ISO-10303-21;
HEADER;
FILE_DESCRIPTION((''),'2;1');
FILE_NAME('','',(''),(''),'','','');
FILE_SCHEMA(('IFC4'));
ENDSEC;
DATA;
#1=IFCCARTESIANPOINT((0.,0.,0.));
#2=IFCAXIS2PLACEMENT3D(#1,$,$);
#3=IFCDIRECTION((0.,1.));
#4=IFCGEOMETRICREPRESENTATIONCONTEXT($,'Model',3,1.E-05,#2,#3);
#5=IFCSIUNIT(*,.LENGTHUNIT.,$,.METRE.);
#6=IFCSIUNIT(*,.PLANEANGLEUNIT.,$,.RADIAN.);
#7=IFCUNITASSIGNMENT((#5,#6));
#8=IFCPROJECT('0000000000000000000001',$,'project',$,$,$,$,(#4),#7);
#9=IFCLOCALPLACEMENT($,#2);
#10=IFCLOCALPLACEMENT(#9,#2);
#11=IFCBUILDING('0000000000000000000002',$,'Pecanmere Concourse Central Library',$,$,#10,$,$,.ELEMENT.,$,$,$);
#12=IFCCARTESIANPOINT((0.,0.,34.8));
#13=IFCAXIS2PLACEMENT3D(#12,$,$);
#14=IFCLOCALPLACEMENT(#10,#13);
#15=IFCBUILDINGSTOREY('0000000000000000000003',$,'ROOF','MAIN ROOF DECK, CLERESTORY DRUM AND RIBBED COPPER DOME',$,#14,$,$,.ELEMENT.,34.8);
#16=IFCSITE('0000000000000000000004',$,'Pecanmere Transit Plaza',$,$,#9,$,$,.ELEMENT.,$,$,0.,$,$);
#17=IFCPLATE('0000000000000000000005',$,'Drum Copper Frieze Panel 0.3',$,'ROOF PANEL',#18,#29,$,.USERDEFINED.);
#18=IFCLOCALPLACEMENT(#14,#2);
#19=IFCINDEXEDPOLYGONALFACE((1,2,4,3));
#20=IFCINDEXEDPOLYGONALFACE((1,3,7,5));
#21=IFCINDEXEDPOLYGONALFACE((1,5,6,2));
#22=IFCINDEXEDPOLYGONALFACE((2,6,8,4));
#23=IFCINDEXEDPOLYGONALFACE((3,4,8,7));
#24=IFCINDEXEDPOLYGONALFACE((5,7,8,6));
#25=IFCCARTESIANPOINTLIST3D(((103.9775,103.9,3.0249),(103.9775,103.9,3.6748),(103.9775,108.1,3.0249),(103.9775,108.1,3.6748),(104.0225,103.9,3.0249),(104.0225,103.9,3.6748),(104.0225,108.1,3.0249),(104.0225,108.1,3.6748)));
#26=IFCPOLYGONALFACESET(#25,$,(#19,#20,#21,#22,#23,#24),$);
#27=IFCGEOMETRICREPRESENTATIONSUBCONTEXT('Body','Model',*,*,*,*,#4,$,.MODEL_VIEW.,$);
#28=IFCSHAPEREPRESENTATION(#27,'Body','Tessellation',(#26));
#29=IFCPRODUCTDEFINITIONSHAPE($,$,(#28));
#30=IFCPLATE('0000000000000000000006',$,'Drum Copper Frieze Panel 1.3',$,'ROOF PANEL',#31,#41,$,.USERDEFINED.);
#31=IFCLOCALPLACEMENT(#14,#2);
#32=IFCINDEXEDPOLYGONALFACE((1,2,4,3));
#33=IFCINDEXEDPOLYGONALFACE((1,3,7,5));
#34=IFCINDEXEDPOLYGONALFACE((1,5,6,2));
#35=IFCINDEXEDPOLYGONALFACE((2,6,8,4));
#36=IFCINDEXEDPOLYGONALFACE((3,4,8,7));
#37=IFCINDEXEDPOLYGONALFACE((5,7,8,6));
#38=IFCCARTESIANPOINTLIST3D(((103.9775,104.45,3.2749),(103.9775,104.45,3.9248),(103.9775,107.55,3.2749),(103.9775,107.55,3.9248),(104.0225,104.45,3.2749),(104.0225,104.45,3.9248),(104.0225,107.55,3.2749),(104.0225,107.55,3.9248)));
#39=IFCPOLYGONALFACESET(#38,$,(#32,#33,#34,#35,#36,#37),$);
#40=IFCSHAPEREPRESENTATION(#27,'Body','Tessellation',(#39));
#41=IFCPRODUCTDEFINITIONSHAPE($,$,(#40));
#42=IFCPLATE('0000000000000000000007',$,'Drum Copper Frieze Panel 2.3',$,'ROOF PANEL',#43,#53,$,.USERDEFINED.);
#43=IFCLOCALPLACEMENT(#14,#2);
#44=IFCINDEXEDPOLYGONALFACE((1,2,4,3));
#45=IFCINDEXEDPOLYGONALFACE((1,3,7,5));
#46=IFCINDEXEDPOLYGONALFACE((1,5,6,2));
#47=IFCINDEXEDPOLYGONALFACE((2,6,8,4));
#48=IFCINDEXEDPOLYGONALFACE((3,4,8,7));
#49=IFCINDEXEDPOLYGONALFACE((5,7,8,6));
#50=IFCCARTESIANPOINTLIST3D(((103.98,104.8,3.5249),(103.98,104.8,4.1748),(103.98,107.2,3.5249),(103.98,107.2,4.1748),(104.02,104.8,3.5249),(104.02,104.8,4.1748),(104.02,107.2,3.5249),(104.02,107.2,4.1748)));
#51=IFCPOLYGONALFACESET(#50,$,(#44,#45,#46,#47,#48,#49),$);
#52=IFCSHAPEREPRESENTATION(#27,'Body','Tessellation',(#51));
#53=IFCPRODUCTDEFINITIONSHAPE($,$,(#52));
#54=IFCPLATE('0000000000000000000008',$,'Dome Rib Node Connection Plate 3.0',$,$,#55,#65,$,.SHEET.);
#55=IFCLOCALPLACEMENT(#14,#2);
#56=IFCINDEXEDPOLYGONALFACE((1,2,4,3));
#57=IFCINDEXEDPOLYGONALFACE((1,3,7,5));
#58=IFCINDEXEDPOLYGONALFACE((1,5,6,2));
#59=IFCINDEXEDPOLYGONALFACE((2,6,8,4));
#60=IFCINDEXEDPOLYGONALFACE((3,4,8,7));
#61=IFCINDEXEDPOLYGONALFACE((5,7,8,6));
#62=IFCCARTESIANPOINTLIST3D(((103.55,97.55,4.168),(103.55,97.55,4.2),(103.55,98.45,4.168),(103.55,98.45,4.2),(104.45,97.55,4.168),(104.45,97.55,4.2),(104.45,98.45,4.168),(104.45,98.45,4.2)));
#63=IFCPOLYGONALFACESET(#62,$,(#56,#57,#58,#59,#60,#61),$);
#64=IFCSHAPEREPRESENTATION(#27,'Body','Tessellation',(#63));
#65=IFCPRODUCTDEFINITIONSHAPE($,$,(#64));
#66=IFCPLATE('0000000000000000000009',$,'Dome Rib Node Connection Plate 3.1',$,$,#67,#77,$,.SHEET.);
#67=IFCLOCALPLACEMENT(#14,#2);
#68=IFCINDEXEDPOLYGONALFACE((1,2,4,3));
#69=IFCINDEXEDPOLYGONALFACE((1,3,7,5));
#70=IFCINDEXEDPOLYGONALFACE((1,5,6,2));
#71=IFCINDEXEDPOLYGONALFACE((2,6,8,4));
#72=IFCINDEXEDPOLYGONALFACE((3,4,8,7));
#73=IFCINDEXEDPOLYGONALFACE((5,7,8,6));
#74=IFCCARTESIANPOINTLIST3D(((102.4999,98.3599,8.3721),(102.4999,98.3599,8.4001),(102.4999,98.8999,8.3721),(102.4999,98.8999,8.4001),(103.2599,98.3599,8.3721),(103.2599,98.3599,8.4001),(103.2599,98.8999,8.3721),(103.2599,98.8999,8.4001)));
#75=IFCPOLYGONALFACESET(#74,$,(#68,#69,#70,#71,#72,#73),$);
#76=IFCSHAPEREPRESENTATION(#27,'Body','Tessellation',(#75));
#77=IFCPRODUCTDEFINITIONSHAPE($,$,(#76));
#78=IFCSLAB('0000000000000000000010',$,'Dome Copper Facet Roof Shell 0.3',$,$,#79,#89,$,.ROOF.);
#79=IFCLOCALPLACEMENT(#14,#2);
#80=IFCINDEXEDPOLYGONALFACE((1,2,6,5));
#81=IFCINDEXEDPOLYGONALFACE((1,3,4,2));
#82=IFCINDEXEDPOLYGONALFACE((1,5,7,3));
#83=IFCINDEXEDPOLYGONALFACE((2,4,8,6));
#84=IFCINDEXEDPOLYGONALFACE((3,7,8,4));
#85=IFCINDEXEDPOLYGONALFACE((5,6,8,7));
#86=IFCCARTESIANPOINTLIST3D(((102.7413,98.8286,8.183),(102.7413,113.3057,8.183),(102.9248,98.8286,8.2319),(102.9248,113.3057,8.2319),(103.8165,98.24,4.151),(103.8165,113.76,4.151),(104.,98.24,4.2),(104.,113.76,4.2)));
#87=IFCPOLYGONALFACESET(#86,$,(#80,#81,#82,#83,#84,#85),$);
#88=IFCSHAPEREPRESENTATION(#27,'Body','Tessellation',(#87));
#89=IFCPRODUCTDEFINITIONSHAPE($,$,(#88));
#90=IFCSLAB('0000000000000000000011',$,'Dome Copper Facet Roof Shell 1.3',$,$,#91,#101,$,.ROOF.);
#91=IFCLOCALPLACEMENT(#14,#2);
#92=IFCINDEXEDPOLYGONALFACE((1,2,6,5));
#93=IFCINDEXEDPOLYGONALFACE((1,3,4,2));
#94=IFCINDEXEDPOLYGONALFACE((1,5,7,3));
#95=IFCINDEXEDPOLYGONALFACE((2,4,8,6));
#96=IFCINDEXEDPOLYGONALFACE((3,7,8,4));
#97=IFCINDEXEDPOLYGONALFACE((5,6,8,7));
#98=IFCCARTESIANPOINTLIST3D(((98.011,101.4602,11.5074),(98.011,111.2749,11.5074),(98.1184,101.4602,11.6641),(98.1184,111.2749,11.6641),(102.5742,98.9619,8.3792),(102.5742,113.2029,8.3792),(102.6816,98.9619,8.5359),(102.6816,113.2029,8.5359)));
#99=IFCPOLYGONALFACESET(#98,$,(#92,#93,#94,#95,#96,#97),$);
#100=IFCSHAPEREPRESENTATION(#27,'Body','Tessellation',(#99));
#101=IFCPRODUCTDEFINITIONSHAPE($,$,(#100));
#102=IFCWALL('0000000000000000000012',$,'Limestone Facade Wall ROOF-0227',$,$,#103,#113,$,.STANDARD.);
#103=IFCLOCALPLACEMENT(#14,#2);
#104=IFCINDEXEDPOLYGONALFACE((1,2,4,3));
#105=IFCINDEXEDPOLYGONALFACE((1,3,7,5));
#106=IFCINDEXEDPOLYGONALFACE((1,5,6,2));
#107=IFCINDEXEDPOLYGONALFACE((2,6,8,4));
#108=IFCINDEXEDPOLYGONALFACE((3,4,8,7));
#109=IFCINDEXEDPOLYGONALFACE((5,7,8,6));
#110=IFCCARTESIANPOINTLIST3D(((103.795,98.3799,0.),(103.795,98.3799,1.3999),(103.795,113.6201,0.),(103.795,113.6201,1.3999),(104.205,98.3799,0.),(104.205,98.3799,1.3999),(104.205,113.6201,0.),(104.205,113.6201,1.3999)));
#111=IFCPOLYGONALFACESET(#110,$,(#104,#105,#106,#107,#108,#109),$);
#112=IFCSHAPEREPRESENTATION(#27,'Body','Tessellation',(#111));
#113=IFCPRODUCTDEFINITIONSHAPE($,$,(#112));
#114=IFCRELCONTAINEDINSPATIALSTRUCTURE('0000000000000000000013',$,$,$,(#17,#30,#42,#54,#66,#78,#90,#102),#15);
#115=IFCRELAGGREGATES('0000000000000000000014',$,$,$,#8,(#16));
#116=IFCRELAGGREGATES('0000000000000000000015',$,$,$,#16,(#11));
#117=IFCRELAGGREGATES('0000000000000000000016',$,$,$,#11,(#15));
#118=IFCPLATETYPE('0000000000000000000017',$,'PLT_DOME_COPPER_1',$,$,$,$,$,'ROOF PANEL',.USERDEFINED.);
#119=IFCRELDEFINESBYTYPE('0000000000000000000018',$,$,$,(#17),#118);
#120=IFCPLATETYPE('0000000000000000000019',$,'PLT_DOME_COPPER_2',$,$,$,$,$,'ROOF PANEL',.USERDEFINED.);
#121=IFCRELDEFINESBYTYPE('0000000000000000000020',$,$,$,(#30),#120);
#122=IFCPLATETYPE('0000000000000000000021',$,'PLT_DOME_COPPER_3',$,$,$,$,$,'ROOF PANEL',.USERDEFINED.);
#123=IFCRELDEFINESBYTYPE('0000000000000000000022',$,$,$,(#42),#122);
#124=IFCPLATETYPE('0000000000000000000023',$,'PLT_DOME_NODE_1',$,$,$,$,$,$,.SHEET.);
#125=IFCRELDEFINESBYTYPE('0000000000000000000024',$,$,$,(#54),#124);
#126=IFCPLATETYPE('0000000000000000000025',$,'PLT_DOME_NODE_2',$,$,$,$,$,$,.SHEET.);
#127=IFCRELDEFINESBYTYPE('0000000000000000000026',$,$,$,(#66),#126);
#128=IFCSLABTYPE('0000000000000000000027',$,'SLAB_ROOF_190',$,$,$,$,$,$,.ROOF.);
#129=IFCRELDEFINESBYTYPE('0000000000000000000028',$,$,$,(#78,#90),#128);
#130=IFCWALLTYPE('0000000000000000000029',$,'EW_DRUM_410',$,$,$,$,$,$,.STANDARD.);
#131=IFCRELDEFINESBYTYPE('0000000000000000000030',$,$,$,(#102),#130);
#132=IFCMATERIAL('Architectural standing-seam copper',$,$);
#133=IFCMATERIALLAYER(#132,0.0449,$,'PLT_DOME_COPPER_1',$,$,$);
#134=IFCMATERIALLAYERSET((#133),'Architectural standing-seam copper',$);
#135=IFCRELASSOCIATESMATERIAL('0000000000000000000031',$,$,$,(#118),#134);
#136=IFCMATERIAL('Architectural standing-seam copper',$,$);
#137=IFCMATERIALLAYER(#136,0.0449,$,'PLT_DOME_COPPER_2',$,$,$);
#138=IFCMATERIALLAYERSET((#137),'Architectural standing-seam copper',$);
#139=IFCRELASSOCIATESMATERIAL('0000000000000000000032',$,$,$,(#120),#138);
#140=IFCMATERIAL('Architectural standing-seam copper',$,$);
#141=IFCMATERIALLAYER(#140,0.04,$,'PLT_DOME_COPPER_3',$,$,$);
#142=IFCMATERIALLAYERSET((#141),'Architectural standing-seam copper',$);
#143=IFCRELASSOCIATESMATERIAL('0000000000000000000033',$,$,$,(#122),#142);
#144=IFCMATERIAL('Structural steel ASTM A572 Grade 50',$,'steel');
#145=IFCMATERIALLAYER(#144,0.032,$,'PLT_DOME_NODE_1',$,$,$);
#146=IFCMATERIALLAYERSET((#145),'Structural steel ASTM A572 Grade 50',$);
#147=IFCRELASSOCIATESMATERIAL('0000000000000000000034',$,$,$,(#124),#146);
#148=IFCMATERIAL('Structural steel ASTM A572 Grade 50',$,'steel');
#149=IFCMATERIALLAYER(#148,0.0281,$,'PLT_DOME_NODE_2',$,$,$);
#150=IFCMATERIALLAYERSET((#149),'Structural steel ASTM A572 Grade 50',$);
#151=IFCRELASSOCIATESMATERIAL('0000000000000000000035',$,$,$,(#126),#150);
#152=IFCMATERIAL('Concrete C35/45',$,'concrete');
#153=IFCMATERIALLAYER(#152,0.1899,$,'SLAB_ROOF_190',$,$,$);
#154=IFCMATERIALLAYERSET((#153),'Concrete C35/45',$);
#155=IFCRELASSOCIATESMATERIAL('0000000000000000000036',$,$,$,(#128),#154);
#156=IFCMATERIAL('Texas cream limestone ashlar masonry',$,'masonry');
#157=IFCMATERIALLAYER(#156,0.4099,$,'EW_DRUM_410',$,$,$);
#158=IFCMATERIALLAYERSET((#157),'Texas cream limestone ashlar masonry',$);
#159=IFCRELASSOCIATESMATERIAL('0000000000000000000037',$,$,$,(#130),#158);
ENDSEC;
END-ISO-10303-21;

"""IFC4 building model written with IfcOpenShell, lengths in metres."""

from ifc_helpers import new_model, si_unit, direction, frame, frame_2d, origin, origin_2d, place, context, subcontext, project, spatial, polyline, rectangle, outline, extrude, material, layer, layer_set, type_object, element, save


model = new_model("IFC4")

# Units and contexts
model_context = context("Model", 3, precision=1e-05, world=origin(), true_north=direction((0.0, 1.0)))
body_context = subcontext(model_context, "Body", "Model", "MODEL_VIEW")
ifc_project = project(units=[si_unit("LENGTHUNIT", "METRE"), si_unit("PLANEANGLEUNIT", "RADIAN")], contexts=[model_context])

# Site, building, storey
site_placement = place(None, origin())
site = spatial("IfcSite", under=ifc_project, at=site_placement, Name="Pecanmere Transit Plaza", CompositionType="ELEMENT", RefElevation=0.0)
building_placement = place(site_placement, origin())
building = spatial("IfcBuilding", under=site, at=building_placement, Name="Pecanmere Concourse Central Library", CompositionType="ELEMENT")
storey_placement = place(building_placement, frame((0.0, 0.0, 34.8)))
storey = spatial("IfcBuildingStorey", under=building, at=storey_placement, Name="ROOF", Description="MAIN ROOF DECK, CLERESTORY DRUM AND RIBBED COPPER DOME", CompositionType="ELEMENT", Elevation=34.8)

# Plates
ifc_material_1 = material(Name="Architectural standing-seam copper")
ifc_layer_1 = layer(ifc_material_1, 0.0449, Name="PLT_DOME_COPPER_1")
ifc_layer_set_1 = layer_set([ifc_layer_1], Name="Architectural standing-seam copper")
plate_type_1 = type_object("IfcPlateType", Name="PLT_DOME_COPPER_1", ElementType="ROOF PANEL", PredefinedType="USERDEFINED", material=ifc_layer_set_1)
plate_1_placement = place(storey_placement, frame((104.0, 106.0, 3.0249), z_axis=(0.0, 0.0, 1.0), x_axis=(0.0, 1.0, 0.0)))
element("IfcPlate", 1, at=plate_1_placement, inside=storey, type_object=plate_type_1, Name="Drum Copper Frieze Panel 0.3", ObjectType="ROOF PANEL", PredefinedType="USERDEFINED", context=body_context, shape_type="SweptSolid", body=[
    extrude(rectangle(XDim=4.2, YDim=0.0449, at=origin_2d()), origin(), (0.0, 0.0, 1.0), 0.6499),
])
ifc_material_2 = material(Name="Architectural standing-seam copper")
ifc_layer_2 = layer(ifc_material_2, 0.0449, Name="PLT_DOME_COPPER_2")
ifc_layer_set_2 = layer_set([ifc_layer_2], Name="Architectural standing-seam copper")
plate_type_2 = type_object("IfcPlateType", Name="PLT_DOME_COPPER_2", ElementType="ROOF PANEL", PredefinedType="USERDEFINED", material=ifc_layer_set_2)
plate_2_placement = place(storey_placement, frame((104.0, 106.0, 3.2749), z_axis=(0.0, 0.0, 1.0), x_axis=(0.0, 1.0, 0.0)))
element("IfcPlate", 2, at=plate_2_placement, inside=storey, type_object=plate_type_2, Name="Drum Copper Frieze Panel 1.3", ObjectType="ROOF PANEL", PredefinedType="USERDEFINED", context=body_context, shape_type="SweptSolid", body=[
    extrude(rectangle(XDim=3.1001, YDim=0.0449, at=origin_2d()), origin(), (0.0, 0.0, 1.0), 0.6499),
])
ifc_material_3 = material(Name="Architectural standing-seam copper")
ifc_layer_3 = layer(ifc_material_3, 0.04, Name="PLT_DOME_COPPER_3")
ifc_layer_set_3 = layer_set([ifc_layer_3], Name="Architectural standing-seam copper")
plate_type_3 = type_object("IfcPlateType", Name="PLT_DOME_COPPER_3", ElementType="ROOF PANEL", PredefinedType="USERDEFINED", material=ifc_layer_set_3)
plate_3_placement = place(storey_placement, frame((104.0, 106.0, 3.5249), z_axis=(0.0, 0.0, 1.0), x_axis=(0.0, 1.0, 0.0)))
element("IfcPlate", 3, at=plate_3_placement, inside=storey, type_object=plate_type_3, Name="Drum Copper Frieze Panel 2.3", ObjectType="ROOF PANEL", PredefinedType="USERDEFINED", context=body_context, shape_type="SweptSolid", body=[
    extrude(rectangle(XDim=2.3999, YDim=0.04, at=origin_2d()), origin(), (0.0, 0.0, 1.0), 0.6499),
])
ifc_material_4 = material(Name="Structural steel ASTM A572 Grade 50", Category="steel")
ifc_layer_4 = layer(ifc_material_4, 0.032, Name="PLT_DOME_NODE_1")
ifc_layer_set_4 = layer_set([ifc_layer_4], Name="Structural steel ASTM A572 Grade 50")
plate_type_4 = type_object("IfcPlateType", Name="PLT_DOME_NODE_1", PredefinedType="SHEET", material=ifc_layer_set_4)
plate_4_placement = place(storey_placement, frame((104.0, 98.0, 4.168), z_axis=(0.0, 0.0, 1.0), x_axis=(1.0, 0.0, 0.0)))
element("IfcPlate", 4, at=plate_4_placement, inside=storey, type_object=plate_type_4, Name="Dome Rib Node Connection Plate 3.0", PredefinedType="SHEET", context=body_context, shape_type="SweptSolid", body=[
    extrude(rectangle(XDim=0.8999, YDim=0.8999, at=origin_2d()), origin(), (0.0, 0.0, 1.0), 0.032),
])
ifc_material_5 = material(Name="Structural steel ASTM A572 Grade 50", Category="steel")
ifc_layer_5 = layer(ifc_material_5, 0.0281, Name="PLT_DOME_NODE_2")
ifc_layer_set_5 = layer_set([ifc_layer_5], Name="Structural steel ASTM A572 Grade 50")
plate_type_5 = type_object("IfcPlateType", Name="PLT_DOME_NODE_2", PredefinedType="SHEET", material=ifc_layer_set_5)
plate_5_placement = place(storey_placement, frame((102.8799, 98.6299, 8.3721), z_axis=(0.0, 0.0, 1.0), x_axis=(1.0, 0.0, 0.0)))
element("IfcPlate", 5, at=plate_5_placement, inside=storey, type_object=plate_type_5, Name="Dome Rib Node Connection Plate 3.1", PredefinedType="SHEET", context=body_context, shape_type="SweptSolid", body=[
    extrude(rectangle(XDim=0.76, YDim=0.54, at=origin_2d()), origin(), (0.0, 0.0, 1.0), 0.0281),
])

# Slabs
ifc_material_6 = material(Name="Concrete C35/45", Category="concrete")
ifc_layer_6 = layer(ifc_material_6, 0.1899, Name="SLAB_ROOF_190")
ifc_layer_set_6 = layer_set([ifc_layer_6], Name="Concrete C35/45")
slab_type = type_object("IfcSlabType", Name="SLAB_ROOF_190", PredefinedType="ROOF", material=ifc_layer_set_6)
slab_1_placement = place(storey_placement, frame((104.0, 98.24, 4.2), z_axis=(0.966235, 0.0, 0.257663), x_axis=(0.0, 1.0, 0.0)))
element("IfcSlab", 6, at=slab_1_placement, inside=storey, type_object=slab_type, Name="Dome Copper Facet Roof Shell 0.3", PredefinedType="ROOF", context=body_context, shape_type="SweptSolid", body=[
    extrude(outline(polyline([(0.0, 0.0), (15.52, 0.0), (15.0657, 4.1729), (0.5886, 4.1729), (0.0, 0.0)])), origin(), (0.0, 0.0, -1.0), 0.1899),
])
slab_2_placement = place(storey_placement, frame((102.6816, 98.9619, 8.5359), z_axis=(0.565418, 0.0, 0.824805), x_axis=(0.0, 1.0, 0.0)))
element("IfcSlab", 7, at=slab_2_placement, inside=storey, type_object=slab_type, Name="Dome Copper Facet Roof Shell 1.3", PredefinedType="ROOF", context=body_context, shape_type="SweptSolid", body=[
    extrude(outline(polyline([(0.0, 0.0), (14.241, 0.0), (12.313, 5.5325), (2.4983, 5.5325), (0.0, 0.0)])), origin(), (0.0, 0.0, -1.0), 0.1899),
])

# Wall
ifc_material_7 = material(Name="Texas cream limestone ashlar masonry", Category="masonry")
ifc_layer_7 = layer(ifc_material_7, 0.4099, Name="EW_DRUM_410")
ifc_layer_set_7 = layer_set([ifc_layer_7], Name="Texas cream limestone ashlar masonry")
wall_type = type_object("IfcWallType", Name="EW_DRUM_410", PredefinedType="STANDARD", material=ifc_layer_set_7)
wall_placement = place(storey_placement, frame((104.0, 98.3799, 0.0), z_axis=(0.0, 0.0, 1.0), x_axis=(0.0, 1.0, 0.0)))
element("IfcWall", 8, at=wall_placement, inside=storey, type_object=wall_type, Name="Limestone Facade Wall ROOF-0227", PredefinedType="STANDARD", context=body_context, shape_type="SweptSolid", body=[
    extrude(rectangle(XDim=15.2402, YDim=0.4099, at=frame_2d((7.6201, 0.0))), origin(), (0.0, 0.0, 1.0), 1.3999),
])

save(model, "model.ifc")
